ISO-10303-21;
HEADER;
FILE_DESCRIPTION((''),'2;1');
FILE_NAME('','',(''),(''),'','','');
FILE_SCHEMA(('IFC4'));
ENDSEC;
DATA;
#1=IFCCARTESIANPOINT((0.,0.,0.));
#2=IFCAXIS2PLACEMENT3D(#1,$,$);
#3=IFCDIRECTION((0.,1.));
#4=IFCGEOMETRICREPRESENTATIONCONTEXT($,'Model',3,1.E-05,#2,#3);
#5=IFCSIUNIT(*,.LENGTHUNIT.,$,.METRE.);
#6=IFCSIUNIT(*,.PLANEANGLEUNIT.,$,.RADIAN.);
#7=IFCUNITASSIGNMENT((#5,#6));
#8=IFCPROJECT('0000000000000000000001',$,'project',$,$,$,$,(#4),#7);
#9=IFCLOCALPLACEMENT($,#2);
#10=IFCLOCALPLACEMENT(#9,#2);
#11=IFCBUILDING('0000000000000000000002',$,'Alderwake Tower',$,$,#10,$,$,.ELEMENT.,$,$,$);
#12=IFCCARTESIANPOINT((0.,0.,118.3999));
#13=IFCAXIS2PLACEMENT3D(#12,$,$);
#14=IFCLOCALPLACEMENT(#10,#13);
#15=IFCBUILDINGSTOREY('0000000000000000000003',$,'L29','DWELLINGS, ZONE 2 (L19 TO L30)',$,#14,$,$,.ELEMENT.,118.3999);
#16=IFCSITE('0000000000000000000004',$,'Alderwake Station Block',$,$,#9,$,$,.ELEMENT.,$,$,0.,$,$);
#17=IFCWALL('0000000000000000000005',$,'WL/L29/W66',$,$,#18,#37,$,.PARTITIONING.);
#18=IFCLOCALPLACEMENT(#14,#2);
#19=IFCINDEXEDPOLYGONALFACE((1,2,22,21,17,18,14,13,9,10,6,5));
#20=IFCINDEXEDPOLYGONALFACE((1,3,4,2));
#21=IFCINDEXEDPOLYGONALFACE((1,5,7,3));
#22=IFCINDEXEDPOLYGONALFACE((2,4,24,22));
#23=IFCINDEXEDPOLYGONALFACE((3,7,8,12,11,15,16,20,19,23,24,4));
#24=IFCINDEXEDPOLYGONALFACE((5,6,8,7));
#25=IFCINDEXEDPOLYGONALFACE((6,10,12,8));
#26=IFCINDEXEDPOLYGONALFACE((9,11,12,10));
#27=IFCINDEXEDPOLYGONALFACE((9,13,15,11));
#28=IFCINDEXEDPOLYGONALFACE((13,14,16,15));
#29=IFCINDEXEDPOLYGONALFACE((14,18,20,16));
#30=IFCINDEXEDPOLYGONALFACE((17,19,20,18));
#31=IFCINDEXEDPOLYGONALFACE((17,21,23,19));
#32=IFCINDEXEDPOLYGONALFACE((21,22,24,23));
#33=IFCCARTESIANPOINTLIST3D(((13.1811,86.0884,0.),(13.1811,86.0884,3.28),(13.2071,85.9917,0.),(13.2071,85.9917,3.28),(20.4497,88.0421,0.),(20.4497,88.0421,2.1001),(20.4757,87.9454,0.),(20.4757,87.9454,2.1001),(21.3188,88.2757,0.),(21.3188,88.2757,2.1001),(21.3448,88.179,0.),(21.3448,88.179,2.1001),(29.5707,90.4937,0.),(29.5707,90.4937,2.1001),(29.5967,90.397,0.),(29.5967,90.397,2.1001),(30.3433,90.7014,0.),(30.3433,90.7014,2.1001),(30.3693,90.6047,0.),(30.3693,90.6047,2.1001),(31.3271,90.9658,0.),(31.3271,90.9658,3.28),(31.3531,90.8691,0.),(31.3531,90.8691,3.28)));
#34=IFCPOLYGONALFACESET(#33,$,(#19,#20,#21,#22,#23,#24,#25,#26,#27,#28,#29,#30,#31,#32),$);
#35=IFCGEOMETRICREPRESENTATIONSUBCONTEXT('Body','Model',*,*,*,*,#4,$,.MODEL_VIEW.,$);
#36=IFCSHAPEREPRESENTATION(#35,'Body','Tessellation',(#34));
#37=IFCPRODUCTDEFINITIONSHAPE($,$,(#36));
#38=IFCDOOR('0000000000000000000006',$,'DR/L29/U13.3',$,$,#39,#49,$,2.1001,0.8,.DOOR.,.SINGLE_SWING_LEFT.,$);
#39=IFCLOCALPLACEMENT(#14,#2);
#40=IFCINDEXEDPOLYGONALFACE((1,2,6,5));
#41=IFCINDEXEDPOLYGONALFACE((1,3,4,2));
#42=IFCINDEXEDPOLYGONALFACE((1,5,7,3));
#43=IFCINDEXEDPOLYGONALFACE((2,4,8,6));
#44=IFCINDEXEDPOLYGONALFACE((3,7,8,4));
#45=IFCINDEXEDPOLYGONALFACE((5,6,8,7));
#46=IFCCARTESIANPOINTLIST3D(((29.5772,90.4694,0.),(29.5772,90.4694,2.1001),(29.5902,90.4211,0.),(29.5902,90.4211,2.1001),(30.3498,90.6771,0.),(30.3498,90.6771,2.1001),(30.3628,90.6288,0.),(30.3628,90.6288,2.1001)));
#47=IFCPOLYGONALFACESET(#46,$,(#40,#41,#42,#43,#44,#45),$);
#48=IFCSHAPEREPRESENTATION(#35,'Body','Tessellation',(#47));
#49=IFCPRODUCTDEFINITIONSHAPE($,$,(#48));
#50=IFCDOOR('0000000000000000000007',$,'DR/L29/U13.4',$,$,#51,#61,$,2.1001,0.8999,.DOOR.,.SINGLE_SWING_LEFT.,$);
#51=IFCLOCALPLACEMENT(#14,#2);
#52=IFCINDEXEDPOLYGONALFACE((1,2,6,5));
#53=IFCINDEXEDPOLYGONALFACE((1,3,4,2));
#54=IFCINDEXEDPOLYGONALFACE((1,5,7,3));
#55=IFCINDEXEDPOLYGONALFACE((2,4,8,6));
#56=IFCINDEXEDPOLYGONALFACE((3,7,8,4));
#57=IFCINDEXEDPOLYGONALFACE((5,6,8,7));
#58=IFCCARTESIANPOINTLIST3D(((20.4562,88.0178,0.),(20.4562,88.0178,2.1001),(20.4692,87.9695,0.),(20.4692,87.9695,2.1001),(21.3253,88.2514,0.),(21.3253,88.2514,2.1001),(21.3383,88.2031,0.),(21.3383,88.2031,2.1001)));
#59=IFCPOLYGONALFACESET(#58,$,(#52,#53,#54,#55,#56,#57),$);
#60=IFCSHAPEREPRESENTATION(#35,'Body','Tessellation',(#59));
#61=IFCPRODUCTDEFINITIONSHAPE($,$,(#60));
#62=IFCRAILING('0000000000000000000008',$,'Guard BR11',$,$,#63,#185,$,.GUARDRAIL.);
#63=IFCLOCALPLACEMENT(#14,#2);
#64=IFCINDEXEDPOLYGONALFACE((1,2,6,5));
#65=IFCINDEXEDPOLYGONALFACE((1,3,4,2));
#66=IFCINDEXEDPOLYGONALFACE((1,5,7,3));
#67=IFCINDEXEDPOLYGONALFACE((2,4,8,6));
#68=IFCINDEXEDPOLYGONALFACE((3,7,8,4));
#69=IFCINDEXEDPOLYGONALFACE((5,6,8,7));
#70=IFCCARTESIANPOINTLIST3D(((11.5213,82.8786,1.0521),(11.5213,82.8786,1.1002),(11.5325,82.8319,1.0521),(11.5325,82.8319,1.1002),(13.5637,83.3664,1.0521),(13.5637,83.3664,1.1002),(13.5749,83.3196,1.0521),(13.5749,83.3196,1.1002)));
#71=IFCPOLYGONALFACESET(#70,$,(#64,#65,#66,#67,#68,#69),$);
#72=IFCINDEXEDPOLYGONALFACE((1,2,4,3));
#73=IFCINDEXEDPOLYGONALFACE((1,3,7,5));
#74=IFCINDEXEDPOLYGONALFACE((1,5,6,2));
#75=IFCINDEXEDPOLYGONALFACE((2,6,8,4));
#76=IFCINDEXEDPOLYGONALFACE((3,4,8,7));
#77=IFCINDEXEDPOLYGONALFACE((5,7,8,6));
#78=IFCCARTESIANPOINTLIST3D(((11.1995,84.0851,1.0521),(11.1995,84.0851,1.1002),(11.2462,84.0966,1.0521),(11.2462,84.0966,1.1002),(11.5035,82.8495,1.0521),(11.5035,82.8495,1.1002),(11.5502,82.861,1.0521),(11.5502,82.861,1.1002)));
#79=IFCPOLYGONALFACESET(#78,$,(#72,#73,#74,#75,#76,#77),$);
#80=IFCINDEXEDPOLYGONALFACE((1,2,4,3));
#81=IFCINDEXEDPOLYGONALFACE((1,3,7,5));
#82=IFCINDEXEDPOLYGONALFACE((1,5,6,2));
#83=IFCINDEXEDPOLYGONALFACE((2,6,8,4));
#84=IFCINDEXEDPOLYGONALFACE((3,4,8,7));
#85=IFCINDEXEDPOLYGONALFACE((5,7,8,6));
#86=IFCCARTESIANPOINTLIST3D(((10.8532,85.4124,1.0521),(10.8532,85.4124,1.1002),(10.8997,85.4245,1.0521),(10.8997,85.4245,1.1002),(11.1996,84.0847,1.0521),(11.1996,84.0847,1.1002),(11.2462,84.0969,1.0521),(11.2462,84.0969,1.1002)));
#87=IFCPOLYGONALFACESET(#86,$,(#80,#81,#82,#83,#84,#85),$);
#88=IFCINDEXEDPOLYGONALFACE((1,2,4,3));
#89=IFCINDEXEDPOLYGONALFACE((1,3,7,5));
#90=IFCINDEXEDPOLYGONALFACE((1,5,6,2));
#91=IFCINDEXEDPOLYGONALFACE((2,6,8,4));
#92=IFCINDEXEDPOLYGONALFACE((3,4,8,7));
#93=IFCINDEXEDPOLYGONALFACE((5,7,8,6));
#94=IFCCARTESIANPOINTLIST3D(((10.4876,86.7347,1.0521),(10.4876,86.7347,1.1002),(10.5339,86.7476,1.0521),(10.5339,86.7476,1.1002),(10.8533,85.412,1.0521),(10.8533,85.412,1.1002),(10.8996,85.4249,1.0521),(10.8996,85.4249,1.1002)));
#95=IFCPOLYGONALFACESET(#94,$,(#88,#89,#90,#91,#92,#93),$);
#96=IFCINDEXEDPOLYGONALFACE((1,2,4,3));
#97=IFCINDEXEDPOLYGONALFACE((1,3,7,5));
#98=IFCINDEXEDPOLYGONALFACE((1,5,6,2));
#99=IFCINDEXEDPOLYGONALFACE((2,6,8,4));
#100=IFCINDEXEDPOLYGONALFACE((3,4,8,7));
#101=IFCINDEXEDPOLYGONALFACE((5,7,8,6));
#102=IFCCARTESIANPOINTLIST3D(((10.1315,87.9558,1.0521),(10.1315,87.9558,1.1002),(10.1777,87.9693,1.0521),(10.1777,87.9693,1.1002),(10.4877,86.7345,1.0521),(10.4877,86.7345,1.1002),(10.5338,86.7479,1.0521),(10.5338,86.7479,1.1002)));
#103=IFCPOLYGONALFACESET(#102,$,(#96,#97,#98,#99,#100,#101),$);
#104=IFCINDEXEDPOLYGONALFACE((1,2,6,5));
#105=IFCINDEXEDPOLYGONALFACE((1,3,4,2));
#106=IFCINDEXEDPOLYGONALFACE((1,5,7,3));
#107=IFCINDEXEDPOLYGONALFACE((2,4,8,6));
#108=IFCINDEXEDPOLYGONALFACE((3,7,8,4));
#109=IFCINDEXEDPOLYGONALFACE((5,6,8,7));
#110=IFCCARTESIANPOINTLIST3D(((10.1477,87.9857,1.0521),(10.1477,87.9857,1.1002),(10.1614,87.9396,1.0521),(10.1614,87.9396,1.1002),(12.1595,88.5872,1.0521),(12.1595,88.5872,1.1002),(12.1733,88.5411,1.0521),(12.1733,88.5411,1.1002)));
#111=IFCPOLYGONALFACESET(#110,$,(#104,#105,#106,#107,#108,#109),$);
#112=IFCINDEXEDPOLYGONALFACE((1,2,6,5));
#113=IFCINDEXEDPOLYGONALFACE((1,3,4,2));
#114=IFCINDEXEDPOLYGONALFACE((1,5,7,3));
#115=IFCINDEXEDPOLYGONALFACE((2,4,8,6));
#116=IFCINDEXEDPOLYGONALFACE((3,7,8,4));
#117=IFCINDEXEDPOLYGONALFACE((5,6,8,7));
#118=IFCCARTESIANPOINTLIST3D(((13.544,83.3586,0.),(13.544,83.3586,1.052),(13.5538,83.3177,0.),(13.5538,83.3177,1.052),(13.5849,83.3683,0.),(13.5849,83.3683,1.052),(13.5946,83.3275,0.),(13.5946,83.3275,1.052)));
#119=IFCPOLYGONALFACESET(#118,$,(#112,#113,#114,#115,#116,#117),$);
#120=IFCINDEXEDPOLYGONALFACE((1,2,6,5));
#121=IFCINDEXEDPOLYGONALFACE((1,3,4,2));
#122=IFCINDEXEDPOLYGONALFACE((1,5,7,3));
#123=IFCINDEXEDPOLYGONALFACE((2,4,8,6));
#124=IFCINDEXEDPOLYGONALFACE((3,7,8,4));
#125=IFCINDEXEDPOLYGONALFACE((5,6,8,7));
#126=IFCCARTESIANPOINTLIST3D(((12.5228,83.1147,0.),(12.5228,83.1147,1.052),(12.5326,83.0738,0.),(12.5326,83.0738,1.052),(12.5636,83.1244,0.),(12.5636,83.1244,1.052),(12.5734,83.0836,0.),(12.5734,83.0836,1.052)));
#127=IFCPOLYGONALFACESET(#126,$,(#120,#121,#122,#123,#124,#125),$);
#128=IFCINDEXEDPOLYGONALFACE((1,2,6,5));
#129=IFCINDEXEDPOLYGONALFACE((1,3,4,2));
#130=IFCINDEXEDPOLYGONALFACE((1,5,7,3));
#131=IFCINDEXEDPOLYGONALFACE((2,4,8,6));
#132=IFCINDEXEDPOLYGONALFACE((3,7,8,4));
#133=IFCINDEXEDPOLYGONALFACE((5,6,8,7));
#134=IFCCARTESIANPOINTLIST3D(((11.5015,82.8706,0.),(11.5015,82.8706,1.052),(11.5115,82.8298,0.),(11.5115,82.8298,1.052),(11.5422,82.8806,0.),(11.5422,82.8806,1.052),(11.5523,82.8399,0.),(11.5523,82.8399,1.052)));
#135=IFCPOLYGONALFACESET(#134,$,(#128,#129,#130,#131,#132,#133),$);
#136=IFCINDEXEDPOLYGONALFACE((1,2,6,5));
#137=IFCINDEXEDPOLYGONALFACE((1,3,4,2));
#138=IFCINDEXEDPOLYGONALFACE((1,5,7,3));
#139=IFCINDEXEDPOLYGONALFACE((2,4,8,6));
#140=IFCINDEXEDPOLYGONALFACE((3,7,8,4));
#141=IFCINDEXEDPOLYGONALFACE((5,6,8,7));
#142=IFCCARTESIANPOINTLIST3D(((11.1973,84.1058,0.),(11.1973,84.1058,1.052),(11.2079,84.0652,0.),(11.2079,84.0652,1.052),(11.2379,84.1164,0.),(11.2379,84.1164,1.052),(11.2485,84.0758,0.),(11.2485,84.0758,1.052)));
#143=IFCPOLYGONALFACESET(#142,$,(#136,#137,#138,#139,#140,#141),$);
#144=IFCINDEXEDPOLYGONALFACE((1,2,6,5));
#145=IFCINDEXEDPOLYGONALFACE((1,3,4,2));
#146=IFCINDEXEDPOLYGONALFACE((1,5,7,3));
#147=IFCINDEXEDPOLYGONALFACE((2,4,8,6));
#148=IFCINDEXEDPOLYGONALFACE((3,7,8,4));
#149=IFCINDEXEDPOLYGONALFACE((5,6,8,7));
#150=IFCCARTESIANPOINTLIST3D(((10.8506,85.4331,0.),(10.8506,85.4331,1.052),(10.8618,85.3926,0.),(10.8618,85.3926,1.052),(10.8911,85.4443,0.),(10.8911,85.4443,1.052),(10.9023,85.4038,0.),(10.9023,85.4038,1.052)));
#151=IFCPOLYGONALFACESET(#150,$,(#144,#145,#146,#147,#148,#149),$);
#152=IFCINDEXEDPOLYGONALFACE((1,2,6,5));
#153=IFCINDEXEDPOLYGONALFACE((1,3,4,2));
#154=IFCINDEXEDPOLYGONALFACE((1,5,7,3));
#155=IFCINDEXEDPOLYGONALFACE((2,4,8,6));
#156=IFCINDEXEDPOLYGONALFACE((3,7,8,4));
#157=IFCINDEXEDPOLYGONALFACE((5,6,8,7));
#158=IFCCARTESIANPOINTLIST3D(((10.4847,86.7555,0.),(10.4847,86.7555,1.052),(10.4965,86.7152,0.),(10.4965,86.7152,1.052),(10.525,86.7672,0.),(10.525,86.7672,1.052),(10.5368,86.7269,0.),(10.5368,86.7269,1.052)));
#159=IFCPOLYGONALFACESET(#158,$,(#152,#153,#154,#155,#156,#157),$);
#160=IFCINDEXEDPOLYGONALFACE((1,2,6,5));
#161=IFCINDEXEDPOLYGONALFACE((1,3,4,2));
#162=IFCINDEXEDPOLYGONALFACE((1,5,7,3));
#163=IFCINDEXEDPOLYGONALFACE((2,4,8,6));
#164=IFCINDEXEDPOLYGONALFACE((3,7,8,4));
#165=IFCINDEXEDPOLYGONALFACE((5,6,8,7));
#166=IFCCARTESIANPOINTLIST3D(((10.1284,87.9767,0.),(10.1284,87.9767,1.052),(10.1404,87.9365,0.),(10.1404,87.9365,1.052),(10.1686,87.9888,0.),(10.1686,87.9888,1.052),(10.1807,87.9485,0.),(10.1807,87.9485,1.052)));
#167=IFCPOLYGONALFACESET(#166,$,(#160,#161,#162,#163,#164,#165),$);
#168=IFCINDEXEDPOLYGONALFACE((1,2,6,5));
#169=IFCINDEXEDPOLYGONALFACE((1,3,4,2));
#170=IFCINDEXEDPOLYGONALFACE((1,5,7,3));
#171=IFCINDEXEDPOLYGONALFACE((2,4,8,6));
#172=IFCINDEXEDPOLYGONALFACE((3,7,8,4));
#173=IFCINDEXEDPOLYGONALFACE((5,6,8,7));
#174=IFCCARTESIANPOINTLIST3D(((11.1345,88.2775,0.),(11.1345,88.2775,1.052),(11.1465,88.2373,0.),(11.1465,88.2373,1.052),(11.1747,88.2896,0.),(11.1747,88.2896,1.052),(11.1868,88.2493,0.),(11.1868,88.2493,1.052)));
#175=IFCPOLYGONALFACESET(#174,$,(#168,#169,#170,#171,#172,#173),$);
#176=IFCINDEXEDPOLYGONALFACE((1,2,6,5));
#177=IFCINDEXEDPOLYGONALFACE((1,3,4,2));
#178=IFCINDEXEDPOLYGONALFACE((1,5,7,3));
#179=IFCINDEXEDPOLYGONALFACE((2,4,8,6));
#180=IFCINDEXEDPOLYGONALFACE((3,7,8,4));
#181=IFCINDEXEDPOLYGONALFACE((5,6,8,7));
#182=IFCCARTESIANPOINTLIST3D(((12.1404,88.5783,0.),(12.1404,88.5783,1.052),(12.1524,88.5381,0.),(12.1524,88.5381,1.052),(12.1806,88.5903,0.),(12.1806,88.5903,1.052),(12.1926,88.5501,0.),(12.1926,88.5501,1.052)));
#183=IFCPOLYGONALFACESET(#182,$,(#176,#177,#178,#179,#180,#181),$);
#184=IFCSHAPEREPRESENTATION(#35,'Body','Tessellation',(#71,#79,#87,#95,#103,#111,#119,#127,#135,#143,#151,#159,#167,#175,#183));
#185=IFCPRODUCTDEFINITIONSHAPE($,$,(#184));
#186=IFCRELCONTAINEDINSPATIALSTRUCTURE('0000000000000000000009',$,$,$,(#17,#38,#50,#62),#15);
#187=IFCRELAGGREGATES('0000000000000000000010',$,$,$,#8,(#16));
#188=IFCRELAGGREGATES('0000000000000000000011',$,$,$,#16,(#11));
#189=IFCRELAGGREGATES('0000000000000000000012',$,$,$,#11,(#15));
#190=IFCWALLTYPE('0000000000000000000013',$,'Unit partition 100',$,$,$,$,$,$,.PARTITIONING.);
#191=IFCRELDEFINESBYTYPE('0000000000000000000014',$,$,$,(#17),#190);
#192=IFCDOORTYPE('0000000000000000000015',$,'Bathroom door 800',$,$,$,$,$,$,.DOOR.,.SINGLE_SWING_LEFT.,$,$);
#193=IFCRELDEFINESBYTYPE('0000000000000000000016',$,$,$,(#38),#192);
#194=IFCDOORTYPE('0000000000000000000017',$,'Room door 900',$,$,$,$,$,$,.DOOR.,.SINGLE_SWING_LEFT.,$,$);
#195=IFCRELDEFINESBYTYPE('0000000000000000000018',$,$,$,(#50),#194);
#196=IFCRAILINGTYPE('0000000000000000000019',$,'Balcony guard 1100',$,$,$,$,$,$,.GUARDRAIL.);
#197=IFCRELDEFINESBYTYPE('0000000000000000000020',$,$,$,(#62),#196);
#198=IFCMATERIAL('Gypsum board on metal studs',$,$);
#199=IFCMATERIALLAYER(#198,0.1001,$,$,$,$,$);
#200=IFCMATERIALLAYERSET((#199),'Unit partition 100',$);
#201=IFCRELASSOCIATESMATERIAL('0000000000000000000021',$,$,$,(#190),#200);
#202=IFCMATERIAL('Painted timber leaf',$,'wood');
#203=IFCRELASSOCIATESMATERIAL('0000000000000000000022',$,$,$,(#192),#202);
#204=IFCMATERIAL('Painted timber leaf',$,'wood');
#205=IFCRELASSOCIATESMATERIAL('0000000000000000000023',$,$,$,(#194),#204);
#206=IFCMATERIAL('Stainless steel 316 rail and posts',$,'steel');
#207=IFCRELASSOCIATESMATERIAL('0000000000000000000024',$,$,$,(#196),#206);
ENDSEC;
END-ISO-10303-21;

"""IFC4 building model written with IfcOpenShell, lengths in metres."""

from ifc_helpers import new_model, si_unit, direction, frame, frame_2d, origin, origin_2d, place, context, subcontext, project, spatial, rectangle, extrude, material, layer, layer_set, type_object, element, fill, save


model = new_model("IFC4")

# Units and contexts
model_context = context("Model", 3, precision=1e-05, world=origin(), true_north=direction((0.0, 1.0)))
body_context = subcontext(model_context, "Body", "Model", "MODEL_VIEW")
ifc_project = project(units=[si_unit("LENGTHUNIT", "METRE"), si_unit("PLANEANGLEUNIT", "RADIAN")], contexts=[model_context])

# Site, building, storey
site_placement = place(None, origin())
site = spatial("IfcSite", under=ifc_project, at=site_placement, Name="Alderwake Station Block", CompositionType="ELEMENT", RefElevation=0.0)
building_placement = place(site_placement, origin())
building = spatial("IfcBuilding", under=site, at=building_placement, Name="Alderwake Tower", CompositionType="ELEMENT")
storey_placement = place(building_placement, frame((0.0, 0.0, 118.3999)))
storey = spatial("IfcBuildingStorey", under=building, at=storey_placement, Name="L29", Description="DWELLINGS, ZONE 2 (L19 TO L30)", CompositionType="ELEMENT", Elevation=118.3999)

# Wall, openings, doors
ifc_material_1 = material(Name="Gypsum board on metal studs")
ifc_layer_1 = layer(ifc_material_1, 0.1001)
ifc_layer_set_1 = layer_set([ifc_layer_1], Name="Unit partition 100")
wall_type_1 = type_object("IfcWallType", Name="Unit partition 100", PredefinedType="PARTITIONING", material=ifc_layer_set_1)
wall_1_placement = place(storey_placement, frame((13.1941, 86.04, 0.0), z_axis=(0.0, 0.0, 1.0), x_axis=(0.965723, 0.259576, 0.0)))
wall_1 = element("IfcWall", 1, at=wall_1_placement, inside=storey, type_object=wall_type_1, Name="WL/L29/W66", PredefinedType="PARTITIONING", context=body_context, shape_type="SweptSolid", body=[
    extrude(rectangle(XDim=18.79, YDim=0.1001, at=frame_2d((9.395, 0.0))), origin(), (0.0, 0.0, 1.0), 3.28),
])
opening_1_placement = place(wall_1_placement, frame((16.9714, 0.0, 0.0)))
opening_1 = element("IfcOpeningElement", 2, at=opening_1_placement, cuts=wall_1, PredefinedType="OPENING", context=body_context, shape_type="SweptSolid", body=[
    extrude(rectangle(XDim=0.8, YDim=2.1001, at=frame_2d((0.3999, 1.05))), frame((0.0, 0.0601, 0.0), z_axis=(0.0, -1.0, 0.0), x_axis=(1.0, 0.0, 0.0)), (0.0, 0.0, 1.0), 0.1201),
])
opening_2_placement = place(wall_1_placement, frame((7.5266, 0.0, 0.0)))
opening_2 = element("IfcOpeningElement", 3, at=opening_2_placement, cuts=wall_1, PredefinedType="OPENING", context=body_context, shape_type="SweptSolid", body=[
    extrude(rectangle(XDim=0.8999, YDim=2.1001, at=frame_2d((0.45, 1.05))), frame((0.0, 0.0601, 0.0), z_axis=(0.0, -1.0, 0.0), x_axis=(1.0, 0.0, 0.0)), (0.0, 0.0, 1.0), 0.1201),
])
ifc_material_2 = material(Name="Painted timber leaf", Category="wood")
door_type_1 = type_object("IfcDoorType", Name="Bathroom door 800", OperationType="SINGLE_SWING_LEFT", PredefinedType="DOOR", material=ifc_material_2)
door_1_placement = place(opening_1_placement, origin())
door_1 = element("IfcDoor", 4, at=door_1_placement, inside=storey, type_object=door_type_1, Name="DR/L29/U13.3", OperationType="SINGLE_SWING_LEFT", OverallHeight=2.1001, OverallWidth=0.8, PredefinedType="DOOR", context=body_context, shape_type="SweptSolid", body=[
    extrude(rectangle(XDim=0.8, YDim=2.1001, at=frame_2d((0.3999, 1.05))), frame((0.0, 0.0249, 0.0), z_axis=(0.0, -1.0, 0.0), x_axis=(1.0, 0.0, 0.0)), (0.0, 0.0, 1.0), 0.05),
])
fill(opening_1, door_1)
ifc_material_3 = material(Name="Painted timber leaf", Category="wood")
door_type_2 = type_object("IfcDoorType", Name="Room door 900", OperationType="SINGLE_SWING_LEFT", PredefinedType="DOOR", material=ifc_material_3)
door_2_placement = place(opening_2_placement, origin())
door_2 = element("IfcDoor", 5, at=door_2_placement, inside=storey, type_object=door_type_2, Name="DR/L29/U13.4", OperationType="SINGLE_SWING_LEFT", OverallHeight=2.1001, OverallWidth=0.8999, PredefinedType="DOOR", context=body_context, shape_type="SweptSolid", body=[
    extrude(rectangle(XDim=0.8999, YDim=2.1001, at=frame_2d((0.45, 1.05))), frame((0.0, 0.0249, 0.0), z_axis=(0.0, -1.0, 0.0), x_axis=(1.0, 0.0, 0.0)), (0.0, 0.0, 1.0), 0.05),
])
fill(opening_2, door_2)

# Railing
ifc_material_4 = material(Name="Stainless steel 316 rail and posts", Category="steel")
railing_type = type_object("IfcRailingType", Name="Balcony guard 1100", PredefinedType="GUARDRAIL", material=ifc_material_4)
railing_1_placement = place(storey_placement, frame((13.5693, 83.343, 0.0)))
element("IfcRailing", 6, at=railing_1_placement, inside=storey, type_object=railing_type, Name="Guard BR11", PredefinedType="GUARDRAIL", context=body_context, shape_type="SweptSolid", body=[
    extrude(rectangle(XDim=0.0481, YDim=0.0481, at=origin_2d()), frame((0.0, 0.0, 1.0762), z_axis=(-0.972646, -0.232291, 0.0), x_axis=(0.232291, -0.972646, 0.0)), (0.0, 0.0, 1.0), 2.0999),
    extrude(rectangle(XDim=0.0481, YDim=0.0481, at=origin_2d()), frame((-2.0425, -0.4878, 1.0762), z_axis=(-0.238877, 0.97105, 0.0), x_axis=(-0.97105, -0.238877, 0.0)), (0.0, 0.0, 1.0), 1.2725),
    extrude(rectangle(XDim=0.0481, YDim=0.0481, at=origin_2d()), frame((-2.3464, 0.7478, 1.0762), z_axis=(-0.252487, 0.9676, 0.0), x_axis=(-0.9676, -0.252487, 0.0)), (0.0, 0.0, 1.0), 1.3721),
    extrude(rectangle(XDim=0.0481, YDim=0.0481, at=origin_2d()), frame((-2.6929, 2.0754, 1.0762), z_axis=(-0.266488, 0.963838, 0.0), x_axis=(-0.963838, -0.266488, 0.0)), (0.0, 0.0, 1.0), 1.3723),
    extrude(rectangle(XDim=0.0481, YDim=0.0481, at=origin_2d()), frame((-3.0586, 3.3982, 1.0762), z_axis=(-0.279963, 0.960011, 0.0), x_axis=(-0.960011, -0.279963, 0.0)), (0.0, 0.0, 1.0), 1.2722),
    extrude(rectangle(XDim=0.0481, YDim=0.0481, at=origin_2d()), frame((-3.4148, 4.6196, 1.0762), z_axis=(0.958091, 0.286462, 0.0), x_axis=(-0.286462, 0.958091, 0.0)), (0.0, 0.0, 1.0), 2.0999),
    extrude(rectangle(XDim=0.042, YDim=0.042, at=origin_2d()), frame((0.0, 0.0, 0.0), z_axis=(0.0, 0.0, 1.0), x_axis=(-0.972646, -0.232291, 0.0)), (0.0, 0.0, 1.0), 1.052),
    extrude(rectangle(XDim=0.042, YDim=0.042, at=origin_2d()), frame((-1.0212, -0.2439, 0.0), z_axis=(0.0, 0.0, 1.0), x_axis=(-0.972646, -0.232291, 0.0)), (0.0, 0.0, 1.0), 1.052),
    extrude(rectangle(XDim=0.042, YDim=0.042, at=origin_2d()), frame((-2.0425, -0.4878, 0.0), z_axis=(0.0, 0.0, 1.0), x_axis=(-0.238877, 0.97105, 0.0)), (0.0, 0.0, 1.0), 1.052),
    extrude(rectangle(XDim=0.042, YDim=0.042, at=origin_2d()), frame((-2.3464, 0.7478, 0.0), z_axis=(0.0, 0.0, 1.0), x_axis=(-0.252487, 0.9676, 0.0)), (0.0, 0.0, 1.0), 1.052),
    extrude(rectangle(XDim=0.042, YDim=0.042, at=origin_2d()), frame((-2.6929, 2.0754, 0.0), z_axis=(0.0, 0.0, 1.0), x_axis=(-0.266488, 0.963838, 0.0)), (0.0, 0.0, 1.0), 1.052),
    extrude(rectangle(XDim=0.042, YDim=0.042, at=origin_2d()), frame((-3.0586, 3.3982, 0.0), z_axis=(0.0, 0.0, 1.0), x_axis=(-0.279963, 0.960011, 0.0)), (0.0, 0.0, 1.0), 1.052),
    extrude(rectangle(XDim=0.042, YDim=0.042, at=origin_2d()), frame((-3.4148, 4.6196, 0.0), z_axis=(0.0, 0.0, 1.0), x_axis=(0.958091, 0.286462, 0.0)), (0.0, 0.0, 1.0), 1.052),
    extrude(rectangle(XDim=0.042, YDim=0.042, at=origin_2d()), frame((-2.4087, 4.9204, 0.0), z_axis=(0.0, 0.0, 1.0), x_axis=(0.958091, 0.286462, 0.0)), (0.0, 0.0, 1.0), 1.052),
    extrude(rectangle(XDim=0.042, YDim=0.042, at=origin_2d()), frame((-1.4028, 5.2212, 0.0), z_axis=(0.0, 0.0, 1.0), x_axis=(0.958091, 0.286462, 0.0)), (0.0, 0.0, 1.0), 1.052),
])

save(model, "model.ifc")
